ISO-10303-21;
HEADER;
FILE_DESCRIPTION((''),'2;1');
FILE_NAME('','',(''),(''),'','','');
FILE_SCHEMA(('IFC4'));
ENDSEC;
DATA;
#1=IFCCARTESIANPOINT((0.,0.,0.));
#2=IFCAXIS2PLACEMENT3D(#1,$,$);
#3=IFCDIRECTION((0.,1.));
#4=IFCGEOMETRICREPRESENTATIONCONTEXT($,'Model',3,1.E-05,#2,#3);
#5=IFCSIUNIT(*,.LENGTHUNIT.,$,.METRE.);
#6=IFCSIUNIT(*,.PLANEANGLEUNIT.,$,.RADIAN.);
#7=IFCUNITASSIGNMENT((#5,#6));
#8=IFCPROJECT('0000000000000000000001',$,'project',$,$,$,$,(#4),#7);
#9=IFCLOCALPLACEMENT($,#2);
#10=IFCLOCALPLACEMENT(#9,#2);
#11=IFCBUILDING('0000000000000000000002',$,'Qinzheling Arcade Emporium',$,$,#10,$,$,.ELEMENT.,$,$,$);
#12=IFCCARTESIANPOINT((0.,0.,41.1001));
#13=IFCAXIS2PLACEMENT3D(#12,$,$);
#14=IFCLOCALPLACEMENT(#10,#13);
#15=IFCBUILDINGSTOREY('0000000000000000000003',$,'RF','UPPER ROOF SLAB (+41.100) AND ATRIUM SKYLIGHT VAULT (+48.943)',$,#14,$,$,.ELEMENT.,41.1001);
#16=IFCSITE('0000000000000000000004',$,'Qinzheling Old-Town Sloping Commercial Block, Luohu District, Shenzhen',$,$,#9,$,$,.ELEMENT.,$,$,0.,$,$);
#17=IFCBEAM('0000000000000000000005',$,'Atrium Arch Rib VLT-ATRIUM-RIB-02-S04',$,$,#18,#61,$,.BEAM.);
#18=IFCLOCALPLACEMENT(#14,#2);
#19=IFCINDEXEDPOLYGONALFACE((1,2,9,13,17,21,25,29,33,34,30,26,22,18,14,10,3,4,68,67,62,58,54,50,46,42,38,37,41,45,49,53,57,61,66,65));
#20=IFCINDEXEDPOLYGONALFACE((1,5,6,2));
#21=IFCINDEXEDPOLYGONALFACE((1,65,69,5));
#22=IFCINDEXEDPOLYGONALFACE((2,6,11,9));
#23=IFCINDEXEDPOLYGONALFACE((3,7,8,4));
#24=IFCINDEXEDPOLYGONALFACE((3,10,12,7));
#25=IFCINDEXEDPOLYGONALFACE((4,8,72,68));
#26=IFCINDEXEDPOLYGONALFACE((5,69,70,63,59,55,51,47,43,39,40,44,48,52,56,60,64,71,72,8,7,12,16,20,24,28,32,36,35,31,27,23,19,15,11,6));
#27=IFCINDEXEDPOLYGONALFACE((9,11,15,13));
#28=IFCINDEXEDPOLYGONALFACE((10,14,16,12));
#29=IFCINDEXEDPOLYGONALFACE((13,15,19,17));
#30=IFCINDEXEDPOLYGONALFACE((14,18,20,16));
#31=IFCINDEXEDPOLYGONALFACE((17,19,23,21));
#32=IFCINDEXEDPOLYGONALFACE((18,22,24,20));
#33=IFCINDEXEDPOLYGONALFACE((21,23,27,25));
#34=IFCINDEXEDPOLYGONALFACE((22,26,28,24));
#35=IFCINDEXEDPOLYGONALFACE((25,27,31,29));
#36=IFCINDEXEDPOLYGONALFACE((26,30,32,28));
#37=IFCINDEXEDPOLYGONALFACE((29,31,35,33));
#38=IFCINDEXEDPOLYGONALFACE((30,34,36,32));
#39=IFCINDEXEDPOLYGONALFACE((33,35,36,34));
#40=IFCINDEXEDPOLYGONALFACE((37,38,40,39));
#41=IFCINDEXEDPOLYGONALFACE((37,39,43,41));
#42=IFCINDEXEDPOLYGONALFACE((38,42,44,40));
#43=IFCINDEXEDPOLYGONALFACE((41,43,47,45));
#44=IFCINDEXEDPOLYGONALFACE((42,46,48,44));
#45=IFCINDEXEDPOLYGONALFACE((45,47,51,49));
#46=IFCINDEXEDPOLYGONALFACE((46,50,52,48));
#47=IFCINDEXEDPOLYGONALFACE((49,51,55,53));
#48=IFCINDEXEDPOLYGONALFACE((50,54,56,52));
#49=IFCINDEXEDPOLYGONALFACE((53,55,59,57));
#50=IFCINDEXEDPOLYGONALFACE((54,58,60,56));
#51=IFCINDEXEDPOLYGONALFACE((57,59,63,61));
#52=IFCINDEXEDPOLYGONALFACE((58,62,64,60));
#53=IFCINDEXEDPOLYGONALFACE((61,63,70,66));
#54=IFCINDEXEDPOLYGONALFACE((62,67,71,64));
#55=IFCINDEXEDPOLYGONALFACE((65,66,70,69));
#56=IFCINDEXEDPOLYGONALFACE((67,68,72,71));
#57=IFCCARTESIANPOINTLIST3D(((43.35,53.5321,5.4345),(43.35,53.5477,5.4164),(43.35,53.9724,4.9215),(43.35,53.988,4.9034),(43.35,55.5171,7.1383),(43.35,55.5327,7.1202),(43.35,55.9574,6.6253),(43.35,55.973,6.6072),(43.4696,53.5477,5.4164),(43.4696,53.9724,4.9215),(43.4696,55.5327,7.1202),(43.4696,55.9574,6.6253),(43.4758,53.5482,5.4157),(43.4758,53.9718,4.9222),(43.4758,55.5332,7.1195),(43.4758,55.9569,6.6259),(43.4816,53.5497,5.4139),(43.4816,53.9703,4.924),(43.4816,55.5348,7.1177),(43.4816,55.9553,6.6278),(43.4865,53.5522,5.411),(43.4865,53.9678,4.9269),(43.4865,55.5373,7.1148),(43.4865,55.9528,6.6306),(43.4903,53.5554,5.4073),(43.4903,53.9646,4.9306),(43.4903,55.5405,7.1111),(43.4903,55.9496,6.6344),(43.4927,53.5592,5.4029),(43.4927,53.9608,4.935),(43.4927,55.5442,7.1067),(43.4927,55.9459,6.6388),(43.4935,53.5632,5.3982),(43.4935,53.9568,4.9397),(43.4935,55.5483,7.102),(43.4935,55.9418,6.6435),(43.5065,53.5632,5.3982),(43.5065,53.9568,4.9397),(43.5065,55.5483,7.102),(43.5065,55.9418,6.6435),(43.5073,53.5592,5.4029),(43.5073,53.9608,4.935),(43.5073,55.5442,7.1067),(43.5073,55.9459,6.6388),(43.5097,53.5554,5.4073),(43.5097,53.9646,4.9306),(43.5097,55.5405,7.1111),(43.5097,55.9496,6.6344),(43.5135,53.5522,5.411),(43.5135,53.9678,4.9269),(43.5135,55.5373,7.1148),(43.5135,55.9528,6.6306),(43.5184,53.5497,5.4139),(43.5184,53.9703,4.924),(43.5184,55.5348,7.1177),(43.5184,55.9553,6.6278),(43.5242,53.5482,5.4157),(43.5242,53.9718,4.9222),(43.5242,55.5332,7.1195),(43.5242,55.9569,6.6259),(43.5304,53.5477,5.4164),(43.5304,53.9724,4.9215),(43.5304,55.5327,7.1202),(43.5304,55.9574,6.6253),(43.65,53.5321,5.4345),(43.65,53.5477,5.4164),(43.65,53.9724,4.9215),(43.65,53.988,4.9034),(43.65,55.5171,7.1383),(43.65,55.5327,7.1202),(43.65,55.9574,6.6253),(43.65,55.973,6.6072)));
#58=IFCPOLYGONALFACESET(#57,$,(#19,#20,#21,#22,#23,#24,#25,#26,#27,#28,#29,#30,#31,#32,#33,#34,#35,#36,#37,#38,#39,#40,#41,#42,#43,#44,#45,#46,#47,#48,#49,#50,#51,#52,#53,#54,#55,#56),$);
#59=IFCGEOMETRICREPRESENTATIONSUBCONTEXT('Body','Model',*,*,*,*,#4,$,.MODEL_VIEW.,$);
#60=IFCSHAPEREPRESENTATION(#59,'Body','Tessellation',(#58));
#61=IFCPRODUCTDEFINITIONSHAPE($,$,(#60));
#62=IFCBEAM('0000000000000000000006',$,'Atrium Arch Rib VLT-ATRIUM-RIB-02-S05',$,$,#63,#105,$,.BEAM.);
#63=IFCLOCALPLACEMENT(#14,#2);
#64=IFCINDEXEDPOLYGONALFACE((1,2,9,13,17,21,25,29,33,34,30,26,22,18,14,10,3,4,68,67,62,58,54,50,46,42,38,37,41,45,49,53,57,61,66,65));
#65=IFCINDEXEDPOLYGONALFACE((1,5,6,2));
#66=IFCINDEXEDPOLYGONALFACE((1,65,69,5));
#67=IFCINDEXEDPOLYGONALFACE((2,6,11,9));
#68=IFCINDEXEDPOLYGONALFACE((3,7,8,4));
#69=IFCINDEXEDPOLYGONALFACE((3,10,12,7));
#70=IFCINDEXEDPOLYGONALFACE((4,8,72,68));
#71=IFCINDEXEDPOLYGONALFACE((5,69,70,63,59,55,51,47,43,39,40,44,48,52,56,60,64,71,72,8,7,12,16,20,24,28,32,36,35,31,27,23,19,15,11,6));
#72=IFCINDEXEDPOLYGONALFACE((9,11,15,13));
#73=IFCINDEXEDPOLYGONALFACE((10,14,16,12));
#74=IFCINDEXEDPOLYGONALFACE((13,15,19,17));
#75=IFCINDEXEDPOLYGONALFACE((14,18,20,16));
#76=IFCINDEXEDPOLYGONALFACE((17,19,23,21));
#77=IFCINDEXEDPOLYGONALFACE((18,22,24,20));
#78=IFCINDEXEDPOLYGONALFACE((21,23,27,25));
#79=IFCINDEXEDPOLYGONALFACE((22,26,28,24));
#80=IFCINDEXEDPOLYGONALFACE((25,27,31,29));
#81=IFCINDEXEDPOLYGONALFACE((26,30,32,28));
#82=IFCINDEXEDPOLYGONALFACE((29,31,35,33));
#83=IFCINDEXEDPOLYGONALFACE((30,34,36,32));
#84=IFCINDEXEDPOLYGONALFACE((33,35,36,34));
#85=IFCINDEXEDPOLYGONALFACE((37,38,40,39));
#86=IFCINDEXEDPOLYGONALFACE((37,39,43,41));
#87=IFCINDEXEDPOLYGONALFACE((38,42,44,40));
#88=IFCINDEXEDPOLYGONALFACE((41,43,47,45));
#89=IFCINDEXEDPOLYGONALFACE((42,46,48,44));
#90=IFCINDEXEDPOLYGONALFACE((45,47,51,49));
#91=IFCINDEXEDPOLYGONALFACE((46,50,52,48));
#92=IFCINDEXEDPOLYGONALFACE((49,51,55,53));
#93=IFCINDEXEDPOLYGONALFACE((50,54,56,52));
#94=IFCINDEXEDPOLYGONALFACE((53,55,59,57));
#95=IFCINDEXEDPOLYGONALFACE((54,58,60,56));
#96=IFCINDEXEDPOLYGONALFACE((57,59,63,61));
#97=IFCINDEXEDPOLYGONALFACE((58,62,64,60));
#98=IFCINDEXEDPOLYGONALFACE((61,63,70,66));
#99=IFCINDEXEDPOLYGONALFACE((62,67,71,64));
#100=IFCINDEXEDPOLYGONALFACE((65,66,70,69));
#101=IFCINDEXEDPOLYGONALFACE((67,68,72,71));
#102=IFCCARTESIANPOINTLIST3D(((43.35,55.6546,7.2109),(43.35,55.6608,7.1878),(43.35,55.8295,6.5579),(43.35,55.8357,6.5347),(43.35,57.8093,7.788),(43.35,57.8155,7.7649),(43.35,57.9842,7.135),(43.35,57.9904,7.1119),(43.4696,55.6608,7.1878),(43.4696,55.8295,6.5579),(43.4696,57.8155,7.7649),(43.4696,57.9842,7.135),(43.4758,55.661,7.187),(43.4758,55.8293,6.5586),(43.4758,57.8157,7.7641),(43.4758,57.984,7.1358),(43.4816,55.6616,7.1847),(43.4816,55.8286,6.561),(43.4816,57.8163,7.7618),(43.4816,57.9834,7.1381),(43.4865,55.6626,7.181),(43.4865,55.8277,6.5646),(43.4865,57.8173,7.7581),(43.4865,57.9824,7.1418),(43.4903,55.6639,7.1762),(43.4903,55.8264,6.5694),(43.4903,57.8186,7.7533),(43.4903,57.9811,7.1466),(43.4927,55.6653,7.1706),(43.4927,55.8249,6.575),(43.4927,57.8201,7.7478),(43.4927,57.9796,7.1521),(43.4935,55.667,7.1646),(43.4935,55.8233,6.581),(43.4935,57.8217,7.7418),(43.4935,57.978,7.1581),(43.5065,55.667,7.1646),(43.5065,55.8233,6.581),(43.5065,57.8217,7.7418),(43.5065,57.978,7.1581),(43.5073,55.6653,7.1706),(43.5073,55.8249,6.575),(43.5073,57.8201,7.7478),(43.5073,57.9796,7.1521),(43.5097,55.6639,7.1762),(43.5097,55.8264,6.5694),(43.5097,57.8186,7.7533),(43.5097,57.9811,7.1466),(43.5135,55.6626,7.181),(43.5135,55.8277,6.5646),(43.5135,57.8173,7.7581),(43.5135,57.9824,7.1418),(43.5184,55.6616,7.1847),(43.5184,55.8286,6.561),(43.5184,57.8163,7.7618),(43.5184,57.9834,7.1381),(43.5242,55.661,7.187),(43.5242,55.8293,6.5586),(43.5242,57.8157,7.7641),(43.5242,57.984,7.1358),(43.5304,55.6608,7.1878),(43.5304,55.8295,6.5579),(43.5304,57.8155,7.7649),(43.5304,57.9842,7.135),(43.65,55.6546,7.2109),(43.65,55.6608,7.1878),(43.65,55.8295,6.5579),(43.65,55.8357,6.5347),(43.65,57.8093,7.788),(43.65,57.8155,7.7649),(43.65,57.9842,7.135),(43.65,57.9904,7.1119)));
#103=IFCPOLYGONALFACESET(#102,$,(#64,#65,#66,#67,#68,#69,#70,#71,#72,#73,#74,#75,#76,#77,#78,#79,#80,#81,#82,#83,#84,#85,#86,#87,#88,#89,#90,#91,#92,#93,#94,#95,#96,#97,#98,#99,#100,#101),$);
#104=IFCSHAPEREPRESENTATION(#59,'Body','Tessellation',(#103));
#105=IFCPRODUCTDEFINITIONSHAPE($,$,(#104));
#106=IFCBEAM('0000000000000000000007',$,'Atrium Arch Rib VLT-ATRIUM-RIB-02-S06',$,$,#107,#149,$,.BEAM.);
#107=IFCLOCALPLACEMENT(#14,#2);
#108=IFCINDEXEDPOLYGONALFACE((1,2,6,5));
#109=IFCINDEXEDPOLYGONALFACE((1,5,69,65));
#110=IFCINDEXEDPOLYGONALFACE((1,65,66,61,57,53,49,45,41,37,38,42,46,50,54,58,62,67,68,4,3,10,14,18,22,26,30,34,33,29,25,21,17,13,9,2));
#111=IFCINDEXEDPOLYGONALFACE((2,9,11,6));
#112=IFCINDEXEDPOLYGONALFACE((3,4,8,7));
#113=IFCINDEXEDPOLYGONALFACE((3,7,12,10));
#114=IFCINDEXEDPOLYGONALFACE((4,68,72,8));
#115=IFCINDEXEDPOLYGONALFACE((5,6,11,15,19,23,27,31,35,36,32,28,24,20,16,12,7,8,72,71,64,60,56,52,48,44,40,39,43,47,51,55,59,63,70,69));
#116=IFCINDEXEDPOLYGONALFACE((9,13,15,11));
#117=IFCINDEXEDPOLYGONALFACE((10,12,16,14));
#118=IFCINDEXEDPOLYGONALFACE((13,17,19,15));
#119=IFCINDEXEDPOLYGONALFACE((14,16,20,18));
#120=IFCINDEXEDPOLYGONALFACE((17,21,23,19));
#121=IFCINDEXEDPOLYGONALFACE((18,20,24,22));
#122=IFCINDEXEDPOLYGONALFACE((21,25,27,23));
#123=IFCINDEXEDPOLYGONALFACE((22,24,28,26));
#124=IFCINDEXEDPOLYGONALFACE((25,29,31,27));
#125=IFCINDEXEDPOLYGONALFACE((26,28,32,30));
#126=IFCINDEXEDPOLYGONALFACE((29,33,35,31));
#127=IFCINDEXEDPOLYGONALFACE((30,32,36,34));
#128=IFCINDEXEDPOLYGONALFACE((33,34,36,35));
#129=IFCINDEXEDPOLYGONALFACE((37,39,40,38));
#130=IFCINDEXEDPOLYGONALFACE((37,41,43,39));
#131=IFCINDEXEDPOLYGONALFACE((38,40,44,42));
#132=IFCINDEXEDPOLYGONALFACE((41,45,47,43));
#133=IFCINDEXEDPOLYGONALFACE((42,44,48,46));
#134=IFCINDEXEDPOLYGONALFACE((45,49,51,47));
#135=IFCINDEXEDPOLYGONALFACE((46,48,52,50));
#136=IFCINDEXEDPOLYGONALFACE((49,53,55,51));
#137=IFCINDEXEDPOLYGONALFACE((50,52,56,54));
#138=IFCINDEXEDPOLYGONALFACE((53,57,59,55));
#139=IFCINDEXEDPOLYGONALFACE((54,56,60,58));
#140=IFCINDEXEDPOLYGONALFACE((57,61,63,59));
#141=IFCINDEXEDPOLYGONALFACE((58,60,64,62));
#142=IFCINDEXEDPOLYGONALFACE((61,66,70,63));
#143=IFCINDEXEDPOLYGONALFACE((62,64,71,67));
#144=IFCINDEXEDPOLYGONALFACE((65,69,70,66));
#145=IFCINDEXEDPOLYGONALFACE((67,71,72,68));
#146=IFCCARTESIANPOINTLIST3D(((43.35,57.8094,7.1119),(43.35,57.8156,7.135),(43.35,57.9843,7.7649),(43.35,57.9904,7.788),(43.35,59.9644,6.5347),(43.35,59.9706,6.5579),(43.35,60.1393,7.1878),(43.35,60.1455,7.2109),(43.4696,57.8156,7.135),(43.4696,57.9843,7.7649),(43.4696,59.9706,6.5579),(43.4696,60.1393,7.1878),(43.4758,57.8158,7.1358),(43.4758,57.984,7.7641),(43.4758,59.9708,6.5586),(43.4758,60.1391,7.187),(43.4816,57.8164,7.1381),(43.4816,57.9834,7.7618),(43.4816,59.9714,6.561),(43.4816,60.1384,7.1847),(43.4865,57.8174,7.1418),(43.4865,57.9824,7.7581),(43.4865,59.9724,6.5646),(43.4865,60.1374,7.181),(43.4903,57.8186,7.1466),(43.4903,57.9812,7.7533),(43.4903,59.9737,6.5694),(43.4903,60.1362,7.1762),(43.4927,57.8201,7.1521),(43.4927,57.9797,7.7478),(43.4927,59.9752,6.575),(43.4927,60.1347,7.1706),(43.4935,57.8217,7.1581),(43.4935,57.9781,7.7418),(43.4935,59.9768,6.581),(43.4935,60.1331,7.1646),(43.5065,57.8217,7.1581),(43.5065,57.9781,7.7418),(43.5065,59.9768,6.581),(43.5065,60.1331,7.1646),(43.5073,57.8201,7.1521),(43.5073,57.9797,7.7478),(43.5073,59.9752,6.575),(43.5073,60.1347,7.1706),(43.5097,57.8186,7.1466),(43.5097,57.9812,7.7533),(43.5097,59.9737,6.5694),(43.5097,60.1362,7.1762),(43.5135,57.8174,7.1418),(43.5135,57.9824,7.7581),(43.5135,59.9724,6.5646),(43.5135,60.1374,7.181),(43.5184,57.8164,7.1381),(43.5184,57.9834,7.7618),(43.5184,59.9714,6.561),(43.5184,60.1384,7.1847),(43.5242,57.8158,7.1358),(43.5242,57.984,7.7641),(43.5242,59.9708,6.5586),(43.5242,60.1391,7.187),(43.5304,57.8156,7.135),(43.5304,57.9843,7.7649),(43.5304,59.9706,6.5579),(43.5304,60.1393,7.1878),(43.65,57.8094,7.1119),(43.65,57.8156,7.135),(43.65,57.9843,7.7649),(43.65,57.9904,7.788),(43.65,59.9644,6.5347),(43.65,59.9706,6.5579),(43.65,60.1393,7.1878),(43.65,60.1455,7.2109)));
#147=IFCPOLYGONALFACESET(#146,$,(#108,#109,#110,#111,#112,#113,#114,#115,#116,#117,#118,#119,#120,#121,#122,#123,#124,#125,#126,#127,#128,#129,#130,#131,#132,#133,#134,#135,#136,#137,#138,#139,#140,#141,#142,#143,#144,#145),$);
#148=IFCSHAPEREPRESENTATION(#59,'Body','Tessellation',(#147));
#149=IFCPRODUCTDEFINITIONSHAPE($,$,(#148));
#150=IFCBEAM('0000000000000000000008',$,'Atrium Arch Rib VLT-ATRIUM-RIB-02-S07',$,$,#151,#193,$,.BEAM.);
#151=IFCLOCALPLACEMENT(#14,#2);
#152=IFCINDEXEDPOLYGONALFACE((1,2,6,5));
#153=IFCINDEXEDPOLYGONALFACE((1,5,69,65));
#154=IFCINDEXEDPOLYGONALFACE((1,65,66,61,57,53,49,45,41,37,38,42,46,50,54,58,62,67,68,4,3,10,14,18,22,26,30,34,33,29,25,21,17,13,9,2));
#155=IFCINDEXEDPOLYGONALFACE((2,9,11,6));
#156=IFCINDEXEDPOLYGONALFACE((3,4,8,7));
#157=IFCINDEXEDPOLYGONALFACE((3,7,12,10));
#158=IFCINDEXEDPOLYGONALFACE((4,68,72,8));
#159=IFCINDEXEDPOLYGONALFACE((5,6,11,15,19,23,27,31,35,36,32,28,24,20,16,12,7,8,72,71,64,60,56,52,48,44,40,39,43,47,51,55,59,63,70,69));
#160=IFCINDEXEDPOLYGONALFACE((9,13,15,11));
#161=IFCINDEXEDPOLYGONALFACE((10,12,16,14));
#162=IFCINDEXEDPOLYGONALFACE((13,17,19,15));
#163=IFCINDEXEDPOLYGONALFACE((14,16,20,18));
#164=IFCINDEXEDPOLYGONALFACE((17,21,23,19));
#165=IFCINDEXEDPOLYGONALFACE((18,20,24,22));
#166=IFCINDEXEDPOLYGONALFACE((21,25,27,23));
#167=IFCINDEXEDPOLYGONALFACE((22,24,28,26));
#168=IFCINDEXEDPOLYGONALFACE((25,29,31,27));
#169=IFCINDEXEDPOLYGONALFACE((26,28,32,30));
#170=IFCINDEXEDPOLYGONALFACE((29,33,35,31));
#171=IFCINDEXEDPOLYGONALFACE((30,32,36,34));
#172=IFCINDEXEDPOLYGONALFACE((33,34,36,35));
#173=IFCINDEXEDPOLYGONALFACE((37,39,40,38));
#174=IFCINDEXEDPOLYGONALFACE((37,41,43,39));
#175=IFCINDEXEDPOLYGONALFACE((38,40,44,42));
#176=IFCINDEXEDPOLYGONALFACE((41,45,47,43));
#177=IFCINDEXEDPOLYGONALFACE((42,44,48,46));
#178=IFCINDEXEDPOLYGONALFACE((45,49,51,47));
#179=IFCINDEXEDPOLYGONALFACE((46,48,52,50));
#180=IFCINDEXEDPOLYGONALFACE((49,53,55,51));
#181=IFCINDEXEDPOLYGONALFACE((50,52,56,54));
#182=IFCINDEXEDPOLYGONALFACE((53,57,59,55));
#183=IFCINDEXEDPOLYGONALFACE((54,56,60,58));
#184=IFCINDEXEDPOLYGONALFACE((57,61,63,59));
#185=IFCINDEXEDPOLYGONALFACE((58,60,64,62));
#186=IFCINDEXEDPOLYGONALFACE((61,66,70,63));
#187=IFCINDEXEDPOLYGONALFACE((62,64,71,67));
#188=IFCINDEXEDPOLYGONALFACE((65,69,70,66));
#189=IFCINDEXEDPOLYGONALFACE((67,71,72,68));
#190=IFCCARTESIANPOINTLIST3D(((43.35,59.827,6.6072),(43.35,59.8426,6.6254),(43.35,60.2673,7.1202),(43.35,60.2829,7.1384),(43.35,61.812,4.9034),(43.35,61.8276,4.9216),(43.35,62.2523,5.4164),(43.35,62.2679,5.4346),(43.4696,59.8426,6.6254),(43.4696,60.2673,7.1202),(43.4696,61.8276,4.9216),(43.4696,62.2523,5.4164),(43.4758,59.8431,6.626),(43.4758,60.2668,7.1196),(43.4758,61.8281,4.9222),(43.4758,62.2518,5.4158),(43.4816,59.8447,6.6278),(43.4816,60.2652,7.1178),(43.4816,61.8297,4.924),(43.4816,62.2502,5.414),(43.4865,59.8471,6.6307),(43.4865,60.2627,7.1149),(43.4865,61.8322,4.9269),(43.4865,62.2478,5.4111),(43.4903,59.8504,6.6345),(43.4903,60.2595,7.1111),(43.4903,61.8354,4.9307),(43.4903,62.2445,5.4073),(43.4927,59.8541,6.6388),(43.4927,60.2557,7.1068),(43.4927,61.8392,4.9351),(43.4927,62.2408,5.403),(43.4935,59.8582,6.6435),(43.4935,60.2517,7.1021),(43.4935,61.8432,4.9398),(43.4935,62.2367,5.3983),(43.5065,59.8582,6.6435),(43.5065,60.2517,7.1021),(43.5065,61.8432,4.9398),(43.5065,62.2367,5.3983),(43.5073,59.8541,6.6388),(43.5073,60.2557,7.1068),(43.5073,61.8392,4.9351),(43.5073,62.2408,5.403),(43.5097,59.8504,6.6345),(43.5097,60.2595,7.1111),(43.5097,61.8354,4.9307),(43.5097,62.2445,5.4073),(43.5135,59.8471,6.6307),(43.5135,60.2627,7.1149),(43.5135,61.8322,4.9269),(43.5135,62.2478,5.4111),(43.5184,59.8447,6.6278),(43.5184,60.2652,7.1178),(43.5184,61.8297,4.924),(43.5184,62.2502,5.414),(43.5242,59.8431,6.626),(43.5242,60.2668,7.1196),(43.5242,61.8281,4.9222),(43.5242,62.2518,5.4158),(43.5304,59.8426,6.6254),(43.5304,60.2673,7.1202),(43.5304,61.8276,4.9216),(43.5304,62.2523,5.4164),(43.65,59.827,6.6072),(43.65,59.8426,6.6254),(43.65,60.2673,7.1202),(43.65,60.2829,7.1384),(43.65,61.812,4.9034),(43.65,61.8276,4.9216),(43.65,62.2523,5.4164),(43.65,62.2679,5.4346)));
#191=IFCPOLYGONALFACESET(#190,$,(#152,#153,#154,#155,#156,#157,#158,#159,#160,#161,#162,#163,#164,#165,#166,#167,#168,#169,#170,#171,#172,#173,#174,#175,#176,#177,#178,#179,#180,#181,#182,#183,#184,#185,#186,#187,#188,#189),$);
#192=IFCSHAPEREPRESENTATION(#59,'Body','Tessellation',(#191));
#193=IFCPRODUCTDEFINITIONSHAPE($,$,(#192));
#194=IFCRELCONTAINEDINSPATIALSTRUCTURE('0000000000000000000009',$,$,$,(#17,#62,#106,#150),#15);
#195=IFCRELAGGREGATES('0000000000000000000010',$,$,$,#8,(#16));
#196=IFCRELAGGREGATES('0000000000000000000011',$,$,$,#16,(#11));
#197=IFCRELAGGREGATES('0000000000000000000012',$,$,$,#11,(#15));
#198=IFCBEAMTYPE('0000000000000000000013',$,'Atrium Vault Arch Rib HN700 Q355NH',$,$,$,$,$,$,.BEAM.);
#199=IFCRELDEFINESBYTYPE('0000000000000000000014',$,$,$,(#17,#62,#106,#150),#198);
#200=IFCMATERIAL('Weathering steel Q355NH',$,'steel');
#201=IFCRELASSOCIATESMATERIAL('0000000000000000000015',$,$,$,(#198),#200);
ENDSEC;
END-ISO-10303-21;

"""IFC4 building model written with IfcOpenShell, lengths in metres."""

from ifc_helpers import new_model, si_unit, direction, frame, origin, origin_2d, place, context, subcontext, project, spatial, i_section, extrude, material, material_profile, profile_set, type_object, element, save


model = new_model("IFC4")

# Units and contexts
model_context = context("Model", 3, precision=1e-05, world=origin(), true_north=direction((0.0, 1.0)))
body_context = subcontext(model_context, "Body", "Model", "MODEL_VIEW")
ifc_project = project(units=[si_unit("LENGTHUNIT", "METRE"), si_unit("PLANEANGLEUNIT", "RADIAN")], contexts=[model_context])

# Site, building, storey
site_placement = place(None, origin())
site = spatial("IfcSite", under=ifc_project, at=site_placement, Name="Qinzheling Old-Town Sloping Commercial Block, Luohu District, Shenzhen", CompositionType="ELEMENT", RefElevation=0.0)
building_placement = place(site_placement, origin())
building = spatial("IfcBuilding", under=site, at=building_placement, Name="Qinzheling Arcade Emporium", CompositionType="ELEMENT")
storey_placement = place(building_placement, frame((0.0, 0.0, 41.1001)))
storey = spatial("IfcBuildingStorey", under=building, at=storey_placement, Name="RF", Description="UPPER ROOF SLAB (+41.100) AND ATRIUM SKYLIGHT VAULT (+48.943)", CompositionType="ELEMENT", Elevation=41.1001)

# Shared definitions
ifc_material_1 = material(Name="Weathering steel Q355NH", Category="steel")

# Beams
ifc_material_profile_1 = material_profile(ifc_material_1, i_section(OverallWidth=0.3, OverallDepth=0.7, WebThickness=0.0129, FlangeThickness=0.0239, FilletRadius=0.0239, at=origin_2d()), Name="HN 700x300x13x24", Category="steel")
ifc_profile_set_1 = profile_set([ifc_material_profile_1], Name="Weathering steel Q355NH")
beam_type_1 = type_object("IfcBeamType", Name="Atrium Vault Arch Rib HN700 Q355NH", PredefinedType="BEAM", material=ifc_profile_set_1)
beam_1_placement = place(storey_placement, frame((43.5, 53.76, 5.1689), z_axis=(0.0, 0.758815, 0.651306), x_axis=(-1.0, 0.0, 0.0)))
element("IfcBeam", 1, at=beam_1_placement, inside=storey, type_object=beam_type_1, Name="Atrium Arch Rib VLT-ATRIUM-RIB-02-S04", PredefinedType="BEAM", context=body_context, shape_type="SweptSolid", body=[
    extrude(i_section(OverallWidth=0.3, OverallDepth=0.7, WebThickness=0.0129, FlangeThickness=0.0239, FilletRadius=0.0239, at=origin_2d()), origin(), (0.0, 0.0, 1.0), 2.616),
])
beam_2_placement = place(storey_placement, frame((43.5, 55.7451, 6.8728), z_axis=(0.0, 0.965951, 0.258725), x_axis=(-1.0, 0.0, 0.0)))
element("IfcBeam", 2, at=beam_2_placement, inside=storey, type_object=beam_type_1, Name="Atrium Arch Rib VLT-ATRIUM-RIB-02-S05", PredefinedType="BEAM", context=body_context, shape_type="SweptSolid", body=[
    extrude(i_section(OverallWidth=0.3, OverallDepth=0.7, WebThickness=0.0129, FlangeThickness=0.0239, FilletRadius=0.0239, at=origin_2d()), origin(), (0.0, 0.0, 1.0), 2.2307),
])
beam_3_placement = place(storey_placement, frame((43.5, 57.8999, 7.45), z_axis=(0.0, 0.965958, -0.258698), x_axis=(-1.0, 0.0, 0.0)))
element("IfcBeam", 3, at=beam_3_placement, inside=storey, type_object=beam_type_1, Name="Atrium Arch Rib VLT-ATRIUM-RIB-02-S06", PredefinedType="BEAM", context=body_context, shape_type="SweptSolid", body=[
    extrude(i_section(OverallWidth=0.3, OverallDepth=0.7, WebThickness=0.0129, FlangeThickness=0.0239, FilletRadius=0.0239, at=origin_2d()), origin(), (0.0, 0.0, 1.0), 2.231),
])
beam_4_placement = place(storey_placement, frame((43.5, 60.0549, 6.8728), z_axis=(0.0, 0.758815, -0.651306), x_axis=(-1.0, 0.0, 0.0)))
element("IfcBeam", 4, at=beam_4_placement, inside=storey, type_object=beam_type_1, Name="Atrium Arch Rib VLT-ATRIUM-RIB-02-S07", PredefinedType="BEAM", context=body_context, shape_type="SweptSolid", body=[
    extrude(i_section(OverallWidth=0.3, OverallDepth=0.7, WebThickness=0.0129, FlangeThickness=0.0239, FilletRadius=0.0239, at=origin_2d()), origin(), (0.0, 0.0, 1.0), 2.616),
])

save(model, "model.ifc")
